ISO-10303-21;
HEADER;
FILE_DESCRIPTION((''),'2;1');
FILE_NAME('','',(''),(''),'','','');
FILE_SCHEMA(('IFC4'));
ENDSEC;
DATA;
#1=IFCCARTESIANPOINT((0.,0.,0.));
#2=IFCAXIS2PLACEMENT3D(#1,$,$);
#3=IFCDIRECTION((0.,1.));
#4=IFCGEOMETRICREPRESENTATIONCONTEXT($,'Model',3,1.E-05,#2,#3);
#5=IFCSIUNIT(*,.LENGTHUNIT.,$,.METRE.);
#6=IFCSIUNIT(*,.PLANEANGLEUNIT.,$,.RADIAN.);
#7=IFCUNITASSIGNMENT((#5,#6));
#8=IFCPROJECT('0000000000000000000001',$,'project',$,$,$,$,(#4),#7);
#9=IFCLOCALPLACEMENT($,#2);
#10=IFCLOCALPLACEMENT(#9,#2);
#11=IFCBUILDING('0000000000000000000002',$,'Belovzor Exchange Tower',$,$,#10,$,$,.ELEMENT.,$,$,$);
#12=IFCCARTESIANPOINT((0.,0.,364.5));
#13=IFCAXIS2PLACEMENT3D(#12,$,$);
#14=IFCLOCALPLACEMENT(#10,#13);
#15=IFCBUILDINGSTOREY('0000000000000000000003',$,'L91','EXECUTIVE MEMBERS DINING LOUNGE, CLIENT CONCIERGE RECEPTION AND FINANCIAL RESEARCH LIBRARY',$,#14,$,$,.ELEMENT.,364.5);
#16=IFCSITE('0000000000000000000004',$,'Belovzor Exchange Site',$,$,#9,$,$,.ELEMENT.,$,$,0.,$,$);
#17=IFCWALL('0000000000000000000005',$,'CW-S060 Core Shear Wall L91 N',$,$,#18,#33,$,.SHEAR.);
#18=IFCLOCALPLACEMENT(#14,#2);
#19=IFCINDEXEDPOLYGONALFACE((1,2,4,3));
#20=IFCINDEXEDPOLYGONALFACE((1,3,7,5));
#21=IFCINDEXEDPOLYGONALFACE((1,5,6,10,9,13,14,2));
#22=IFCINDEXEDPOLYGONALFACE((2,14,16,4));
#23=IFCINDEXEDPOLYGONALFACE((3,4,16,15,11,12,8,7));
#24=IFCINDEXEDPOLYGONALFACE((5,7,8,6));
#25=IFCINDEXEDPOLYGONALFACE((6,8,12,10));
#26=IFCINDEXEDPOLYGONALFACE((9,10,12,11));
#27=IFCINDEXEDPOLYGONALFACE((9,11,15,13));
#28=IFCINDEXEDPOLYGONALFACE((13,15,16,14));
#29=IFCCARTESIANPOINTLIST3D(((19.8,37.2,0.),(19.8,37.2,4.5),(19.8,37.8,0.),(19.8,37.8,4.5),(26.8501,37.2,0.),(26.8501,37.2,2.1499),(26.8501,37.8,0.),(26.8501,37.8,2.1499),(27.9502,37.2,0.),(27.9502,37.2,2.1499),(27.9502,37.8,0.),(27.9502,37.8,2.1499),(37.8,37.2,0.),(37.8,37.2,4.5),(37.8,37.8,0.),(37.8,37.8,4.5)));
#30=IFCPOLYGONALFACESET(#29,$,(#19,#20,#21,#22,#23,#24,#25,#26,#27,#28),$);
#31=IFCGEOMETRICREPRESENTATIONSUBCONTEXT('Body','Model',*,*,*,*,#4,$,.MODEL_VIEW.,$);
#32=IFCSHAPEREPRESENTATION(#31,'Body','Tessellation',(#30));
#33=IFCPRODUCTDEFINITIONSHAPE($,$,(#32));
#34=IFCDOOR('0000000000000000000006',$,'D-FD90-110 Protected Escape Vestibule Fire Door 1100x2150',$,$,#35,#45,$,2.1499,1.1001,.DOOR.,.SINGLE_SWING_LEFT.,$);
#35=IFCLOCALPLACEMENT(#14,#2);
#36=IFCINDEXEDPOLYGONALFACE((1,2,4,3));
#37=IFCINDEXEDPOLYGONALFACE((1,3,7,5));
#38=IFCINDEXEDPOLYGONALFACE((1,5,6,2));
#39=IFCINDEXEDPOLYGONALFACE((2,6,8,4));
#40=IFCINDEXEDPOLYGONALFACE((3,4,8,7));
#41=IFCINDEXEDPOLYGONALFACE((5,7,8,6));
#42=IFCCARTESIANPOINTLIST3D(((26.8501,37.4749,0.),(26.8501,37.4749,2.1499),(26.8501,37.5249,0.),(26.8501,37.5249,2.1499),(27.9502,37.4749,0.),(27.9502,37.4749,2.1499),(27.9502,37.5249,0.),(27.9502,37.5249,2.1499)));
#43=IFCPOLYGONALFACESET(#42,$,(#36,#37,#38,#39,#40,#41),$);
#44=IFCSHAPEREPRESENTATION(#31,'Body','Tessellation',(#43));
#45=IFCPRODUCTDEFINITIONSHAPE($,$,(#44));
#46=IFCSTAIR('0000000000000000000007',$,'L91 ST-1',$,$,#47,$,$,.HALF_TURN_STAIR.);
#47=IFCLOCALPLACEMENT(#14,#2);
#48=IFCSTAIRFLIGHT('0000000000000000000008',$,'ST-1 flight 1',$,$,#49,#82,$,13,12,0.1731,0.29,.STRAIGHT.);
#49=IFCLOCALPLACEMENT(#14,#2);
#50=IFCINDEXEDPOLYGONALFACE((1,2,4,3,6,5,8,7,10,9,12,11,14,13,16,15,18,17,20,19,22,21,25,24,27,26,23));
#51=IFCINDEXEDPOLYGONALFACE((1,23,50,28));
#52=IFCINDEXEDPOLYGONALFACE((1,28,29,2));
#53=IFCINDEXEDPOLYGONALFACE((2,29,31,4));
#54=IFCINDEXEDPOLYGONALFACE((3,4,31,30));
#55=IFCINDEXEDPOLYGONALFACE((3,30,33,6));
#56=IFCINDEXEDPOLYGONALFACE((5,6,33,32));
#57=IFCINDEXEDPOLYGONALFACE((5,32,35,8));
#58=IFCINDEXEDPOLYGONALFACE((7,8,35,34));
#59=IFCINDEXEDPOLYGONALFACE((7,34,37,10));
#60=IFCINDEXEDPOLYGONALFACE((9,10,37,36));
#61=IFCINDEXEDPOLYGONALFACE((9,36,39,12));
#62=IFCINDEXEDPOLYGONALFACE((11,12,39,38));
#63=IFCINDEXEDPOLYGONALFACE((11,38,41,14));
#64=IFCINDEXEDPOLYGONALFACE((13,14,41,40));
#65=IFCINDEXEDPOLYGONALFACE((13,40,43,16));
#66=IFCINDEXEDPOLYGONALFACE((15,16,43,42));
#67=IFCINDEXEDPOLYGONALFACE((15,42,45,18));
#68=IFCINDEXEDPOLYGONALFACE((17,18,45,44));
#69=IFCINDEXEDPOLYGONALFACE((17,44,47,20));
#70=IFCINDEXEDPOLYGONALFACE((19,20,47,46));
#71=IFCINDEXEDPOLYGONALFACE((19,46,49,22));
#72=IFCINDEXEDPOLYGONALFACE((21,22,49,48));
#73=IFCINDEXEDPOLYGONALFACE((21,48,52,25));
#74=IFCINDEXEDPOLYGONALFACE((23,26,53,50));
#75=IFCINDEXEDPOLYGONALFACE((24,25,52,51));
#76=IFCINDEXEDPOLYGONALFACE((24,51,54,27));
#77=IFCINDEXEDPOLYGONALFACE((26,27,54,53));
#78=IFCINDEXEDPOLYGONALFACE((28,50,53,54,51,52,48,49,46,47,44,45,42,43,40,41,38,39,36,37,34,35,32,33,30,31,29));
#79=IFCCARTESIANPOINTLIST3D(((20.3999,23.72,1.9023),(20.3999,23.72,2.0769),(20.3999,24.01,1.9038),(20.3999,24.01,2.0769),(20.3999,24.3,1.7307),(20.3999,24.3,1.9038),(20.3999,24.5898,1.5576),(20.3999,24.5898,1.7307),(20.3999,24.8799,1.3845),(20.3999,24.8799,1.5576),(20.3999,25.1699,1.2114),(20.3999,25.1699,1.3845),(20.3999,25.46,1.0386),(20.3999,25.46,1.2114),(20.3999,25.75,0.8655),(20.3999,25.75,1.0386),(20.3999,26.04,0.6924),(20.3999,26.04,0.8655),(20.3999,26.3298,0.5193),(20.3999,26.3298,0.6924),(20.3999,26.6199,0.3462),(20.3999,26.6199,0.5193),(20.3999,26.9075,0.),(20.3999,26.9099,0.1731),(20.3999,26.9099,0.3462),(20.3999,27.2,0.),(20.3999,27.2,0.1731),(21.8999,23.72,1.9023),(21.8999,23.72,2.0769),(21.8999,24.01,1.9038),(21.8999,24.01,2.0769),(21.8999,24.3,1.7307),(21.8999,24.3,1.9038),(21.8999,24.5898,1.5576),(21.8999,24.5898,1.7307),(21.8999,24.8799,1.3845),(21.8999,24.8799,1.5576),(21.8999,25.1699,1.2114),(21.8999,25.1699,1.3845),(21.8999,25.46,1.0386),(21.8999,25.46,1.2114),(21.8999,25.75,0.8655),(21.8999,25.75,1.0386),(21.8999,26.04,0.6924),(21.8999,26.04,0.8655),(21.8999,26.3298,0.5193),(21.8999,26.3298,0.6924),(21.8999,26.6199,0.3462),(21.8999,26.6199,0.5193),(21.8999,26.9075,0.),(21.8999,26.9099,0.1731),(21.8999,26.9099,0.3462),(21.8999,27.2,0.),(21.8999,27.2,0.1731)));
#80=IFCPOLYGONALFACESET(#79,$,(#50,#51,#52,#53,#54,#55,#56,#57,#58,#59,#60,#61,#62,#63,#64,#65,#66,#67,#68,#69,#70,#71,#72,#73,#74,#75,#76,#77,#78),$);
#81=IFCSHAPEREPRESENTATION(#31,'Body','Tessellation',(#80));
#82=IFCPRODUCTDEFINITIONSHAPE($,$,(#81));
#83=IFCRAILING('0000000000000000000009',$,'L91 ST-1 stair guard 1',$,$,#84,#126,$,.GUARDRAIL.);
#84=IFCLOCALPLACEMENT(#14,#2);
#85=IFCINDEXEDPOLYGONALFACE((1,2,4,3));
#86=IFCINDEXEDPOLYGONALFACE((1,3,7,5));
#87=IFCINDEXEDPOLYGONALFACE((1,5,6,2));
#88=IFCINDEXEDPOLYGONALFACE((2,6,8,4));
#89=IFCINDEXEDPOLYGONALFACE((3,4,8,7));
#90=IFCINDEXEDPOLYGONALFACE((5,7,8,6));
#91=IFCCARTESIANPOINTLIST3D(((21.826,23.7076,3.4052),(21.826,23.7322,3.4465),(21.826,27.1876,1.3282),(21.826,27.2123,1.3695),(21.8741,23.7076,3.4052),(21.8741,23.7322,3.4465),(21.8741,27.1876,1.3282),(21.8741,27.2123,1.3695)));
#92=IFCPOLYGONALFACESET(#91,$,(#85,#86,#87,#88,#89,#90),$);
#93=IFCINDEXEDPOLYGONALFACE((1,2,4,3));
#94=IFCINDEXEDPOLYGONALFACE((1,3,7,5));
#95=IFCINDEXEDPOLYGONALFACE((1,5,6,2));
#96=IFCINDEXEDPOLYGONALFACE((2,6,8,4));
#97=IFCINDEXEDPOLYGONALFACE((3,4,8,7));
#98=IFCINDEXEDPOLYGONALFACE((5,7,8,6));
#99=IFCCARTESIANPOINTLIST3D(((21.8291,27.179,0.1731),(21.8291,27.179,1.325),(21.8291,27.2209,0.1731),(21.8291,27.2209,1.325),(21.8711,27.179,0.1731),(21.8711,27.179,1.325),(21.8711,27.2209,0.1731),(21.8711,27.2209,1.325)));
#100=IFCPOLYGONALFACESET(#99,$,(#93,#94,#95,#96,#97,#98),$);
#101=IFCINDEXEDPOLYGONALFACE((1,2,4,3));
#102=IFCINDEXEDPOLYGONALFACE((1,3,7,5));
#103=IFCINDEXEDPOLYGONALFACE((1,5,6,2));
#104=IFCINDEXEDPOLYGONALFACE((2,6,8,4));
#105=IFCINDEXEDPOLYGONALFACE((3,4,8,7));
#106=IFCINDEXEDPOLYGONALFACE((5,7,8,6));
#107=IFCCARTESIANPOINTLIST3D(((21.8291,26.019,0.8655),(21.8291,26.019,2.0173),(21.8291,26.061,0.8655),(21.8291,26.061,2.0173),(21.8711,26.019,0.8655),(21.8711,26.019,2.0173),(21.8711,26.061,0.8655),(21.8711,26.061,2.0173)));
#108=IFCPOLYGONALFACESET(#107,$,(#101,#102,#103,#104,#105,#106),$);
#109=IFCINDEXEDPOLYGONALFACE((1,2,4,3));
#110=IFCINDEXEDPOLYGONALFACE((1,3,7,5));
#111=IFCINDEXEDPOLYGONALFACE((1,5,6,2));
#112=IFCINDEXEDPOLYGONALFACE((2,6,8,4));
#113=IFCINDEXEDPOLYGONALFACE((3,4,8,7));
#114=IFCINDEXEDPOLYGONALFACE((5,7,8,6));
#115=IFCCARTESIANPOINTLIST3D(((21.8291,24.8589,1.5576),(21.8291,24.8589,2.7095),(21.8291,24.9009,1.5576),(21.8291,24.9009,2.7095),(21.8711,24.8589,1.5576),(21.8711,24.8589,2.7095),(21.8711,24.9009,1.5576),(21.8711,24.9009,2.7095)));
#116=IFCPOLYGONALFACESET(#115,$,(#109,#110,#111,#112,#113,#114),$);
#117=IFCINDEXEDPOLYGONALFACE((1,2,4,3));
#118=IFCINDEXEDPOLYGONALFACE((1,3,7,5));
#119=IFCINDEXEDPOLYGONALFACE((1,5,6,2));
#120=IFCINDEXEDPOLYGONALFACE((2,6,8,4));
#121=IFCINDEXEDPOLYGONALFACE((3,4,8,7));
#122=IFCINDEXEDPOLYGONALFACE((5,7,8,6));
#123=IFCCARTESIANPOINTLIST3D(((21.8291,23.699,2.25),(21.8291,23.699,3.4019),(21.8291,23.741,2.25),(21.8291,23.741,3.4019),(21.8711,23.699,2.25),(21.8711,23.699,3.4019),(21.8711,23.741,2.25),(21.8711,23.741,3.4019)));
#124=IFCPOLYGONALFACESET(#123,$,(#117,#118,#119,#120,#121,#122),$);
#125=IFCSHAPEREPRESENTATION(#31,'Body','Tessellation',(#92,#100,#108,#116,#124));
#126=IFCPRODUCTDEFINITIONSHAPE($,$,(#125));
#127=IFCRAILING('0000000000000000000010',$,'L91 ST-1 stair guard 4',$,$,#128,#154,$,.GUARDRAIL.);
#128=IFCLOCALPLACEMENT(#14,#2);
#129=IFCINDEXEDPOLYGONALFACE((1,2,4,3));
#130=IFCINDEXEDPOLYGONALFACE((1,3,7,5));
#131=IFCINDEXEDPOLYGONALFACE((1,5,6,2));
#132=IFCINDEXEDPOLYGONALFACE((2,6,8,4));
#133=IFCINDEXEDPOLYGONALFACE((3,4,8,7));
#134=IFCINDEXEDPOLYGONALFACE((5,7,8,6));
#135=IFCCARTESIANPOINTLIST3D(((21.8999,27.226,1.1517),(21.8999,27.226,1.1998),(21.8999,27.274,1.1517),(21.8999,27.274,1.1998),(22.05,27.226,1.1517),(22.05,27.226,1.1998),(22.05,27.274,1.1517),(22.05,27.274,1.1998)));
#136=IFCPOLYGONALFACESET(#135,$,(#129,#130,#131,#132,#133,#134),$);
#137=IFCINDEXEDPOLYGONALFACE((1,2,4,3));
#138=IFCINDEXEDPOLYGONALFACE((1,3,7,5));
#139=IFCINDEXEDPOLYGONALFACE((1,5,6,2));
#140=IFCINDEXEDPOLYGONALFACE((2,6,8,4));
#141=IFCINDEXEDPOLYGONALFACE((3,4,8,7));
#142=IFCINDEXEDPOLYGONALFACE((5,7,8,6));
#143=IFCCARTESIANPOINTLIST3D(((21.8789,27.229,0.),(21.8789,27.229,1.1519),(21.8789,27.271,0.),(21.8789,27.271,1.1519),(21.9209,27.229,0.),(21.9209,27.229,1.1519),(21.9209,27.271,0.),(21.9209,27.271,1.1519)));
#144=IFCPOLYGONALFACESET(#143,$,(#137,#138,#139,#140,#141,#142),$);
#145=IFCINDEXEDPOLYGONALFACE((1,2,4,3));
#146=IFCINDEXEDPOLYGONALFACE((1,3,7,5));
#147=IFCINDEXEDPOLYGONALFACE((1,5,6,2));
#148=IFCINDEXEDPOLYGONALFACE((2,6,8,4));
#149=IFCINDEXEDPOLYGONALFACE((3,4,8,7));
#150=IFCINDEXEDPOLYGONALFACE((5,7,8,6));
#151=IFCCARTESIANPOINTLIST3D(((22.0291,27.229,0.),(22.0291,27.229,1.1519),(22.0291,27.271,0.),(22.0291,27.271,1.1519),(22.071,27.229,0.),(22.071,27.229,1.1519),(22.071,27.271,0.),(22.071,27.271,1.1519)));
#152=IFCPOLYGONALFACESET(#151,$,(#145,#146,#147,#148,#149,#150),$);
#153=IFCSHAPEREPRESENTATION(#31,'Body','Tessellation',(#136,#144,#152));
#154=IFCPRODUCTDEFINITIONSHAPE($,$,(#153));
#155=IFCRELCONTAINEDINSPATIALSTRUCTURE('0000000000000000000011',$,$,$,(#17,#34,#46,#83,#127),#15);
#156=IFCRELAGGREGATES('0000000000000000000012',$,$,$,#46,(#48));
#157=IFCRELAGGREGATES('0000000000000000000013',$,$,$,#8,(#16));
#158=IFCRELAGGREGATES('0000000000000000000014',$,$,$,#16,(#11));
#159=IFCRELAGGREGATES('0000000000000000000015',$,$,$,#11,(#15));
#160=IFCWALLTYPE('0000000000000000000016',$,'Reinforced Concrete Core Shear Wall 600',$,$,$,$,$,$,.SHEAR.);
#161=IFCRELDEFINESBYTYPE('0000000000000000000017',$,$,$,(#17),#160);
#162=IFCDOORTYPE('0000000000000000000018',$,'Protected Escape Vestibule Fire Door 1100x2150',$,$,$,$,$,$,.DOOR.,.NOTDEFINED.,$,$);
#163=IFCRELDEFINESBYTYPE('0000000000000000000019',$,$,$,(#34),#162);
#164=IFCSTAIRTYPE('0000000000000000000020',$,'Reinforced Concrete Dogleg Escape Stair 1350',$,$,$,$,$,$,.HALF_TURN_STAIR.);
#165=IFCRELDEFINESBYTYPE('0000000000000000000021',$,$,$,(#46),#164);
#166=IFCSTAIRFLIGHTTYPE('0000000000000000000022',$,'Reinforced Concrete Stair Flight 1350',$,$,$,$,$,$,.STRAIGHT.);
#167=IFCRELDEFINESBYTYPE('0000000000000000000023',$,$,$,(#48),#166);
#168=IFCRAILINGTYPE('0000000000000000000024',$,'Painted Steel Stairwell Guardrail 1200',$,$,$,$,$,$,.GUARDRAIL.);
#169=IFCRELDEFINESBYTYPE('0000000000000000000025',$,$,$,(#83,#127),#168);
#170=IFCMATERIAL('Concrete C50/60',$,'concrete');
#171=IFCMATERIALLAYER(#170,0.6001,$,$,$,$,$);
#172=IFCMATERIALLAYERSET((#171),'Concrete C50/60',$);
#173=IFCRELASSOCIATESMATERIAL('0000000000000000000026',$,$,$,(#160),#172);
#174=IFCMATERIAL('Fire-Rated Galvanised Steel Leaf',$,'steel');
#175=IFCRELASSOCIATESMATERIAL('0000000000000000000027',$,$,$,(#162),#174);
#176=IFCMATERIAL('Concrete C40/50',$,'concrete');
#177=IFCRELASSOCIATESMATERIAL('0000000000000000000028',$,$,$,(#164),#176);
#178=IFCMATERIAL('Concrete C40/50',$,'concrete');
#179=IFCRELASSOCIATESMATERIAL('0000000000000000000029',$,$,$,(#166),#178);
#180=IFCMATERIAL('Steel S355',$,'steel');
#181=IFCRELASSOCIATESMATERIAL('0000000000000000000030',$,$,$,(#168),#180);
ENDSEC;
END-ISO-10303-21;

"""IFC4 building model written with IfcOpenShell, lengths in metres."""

from ifc_helpers import new_model, si_unit, direction, frame, frame_2d, origin, origin_2d, place, context, subcontext, project, spatial, polyline, rectangle, outline, extrude, material, layer, layer_set, type_object, element, fill, aggregate, save


model = new_model("IFC4")

# Units and contexts
model_context = context("Model", 3, precision=1e-05, world=origin(), true_north=direction((0.0, 1.0)))
body_context = subcontext(model_context, "Body", "Model", "MODEL_VIEW")
ifc_project = project(units=[si_unit("LENGTHUNIT", "METRE"), si_unit("PLANEANGLEUNIT", "RADIAN")], contexts=[model_context])

# Site, building, storey
site_placement = place(None, origin())
site = spatial("IfcSite", under=ifc_project, at=site_placement, Name="Belovzor Exchange Site", CompositionType="ELEMENT", RefElevation=0.0)
building_placement = place(site_placement, origin())
building = spatial("IfcBuilding", under=site, at=building_placement, Name="Belovzor Exchange Tower", CompositionType="ELEMENT")
storey_placement = place(building_placement, frame((0.0, 0.0, 364.5)))
storey = spatial("IfcBuildingStorey", under=building, at=storey_placement, Name="L91", Description="EXECUTIVE MEMBERS DINING LOUNGE, CLIENT CONCIERGE RECEPTION AND FINANCIAL RESEARCH LIBRARY", CompositionType="ELEMENT", Elevation=364.5)

# Wall, opening, door
ifc_material_1 = material(Name="Concrete C50/60", Category="concrete")
ifc_layer_1 = layer(ifc_material_1, 0.6001)
ifc_layer_set_1 = layer_set([ifc_layer_1], Name="Concrete C50/60")
wall_type_1 = type_object("IfcWallType", Name="Reinforced Concrete Core Shear Wall 600", PredefinedType="SHEAR", material=ifc_layer_set_1)
wall_1_placement = place(storey_placement, frame((19.8, 37.5, 0.0), z_axis=(0.0, 0.0, 1.0), x_axis=(1.0, 0.0, 0.0)))
wall_1 = element("IfcWall", 1, at=wall_1_placement, inside=storey, type_object=wall_type_1, Name="CW-S060 Core Shear Wall L91 N", PredefinedType="SHEAR", context=body_context, shape_type="SweptSolid", body=[
    extrude(rectangle(XDim=18.0, YDim=0.6001, at=frame_2d((9.0, 0.0))), origin(), (0.0, 0.0, 1.0), 4.5),
])
opening_1_placement = place(wall_1_placement, frame((7.05, 0.0, 0.0)))
opening_1 = element("IfcOpeningElement", 2, at=opening_1_placement, cuts=wall_1, PredefinedType="OPENING", context=body_context, shape_type="SweptSolid", body=[
    extrude(rectangle(XDim=1.1001, YDim=2.1499, at=frame_2d((0.55, 1.075))), frame((0.0, 0.3101, 0.0), z_axis=(0.0, -1.0, 0.0), x_axis=(1.0, 0.0, 0.0)), (0.0, 0.0, 1.0), 0.6201),
])
ifc_material_2 = material(Name="Fire-Rated Galvanised Steel Leaf", Category="steel")
door_type_1 = type_object("IfcDoorType", Name="Protected Escape Vestibule Fire Door 1100x2150", OperationType="NOTDEFINED", PredefinedType="DOOR", material=ifc_material_2)
door_1_placement = place(opening_1_placement, origin())
door_1 = element("IfcDoor", 3, at=door_1_placement, inside=storey, type_object=door_type_1, Name="D-FD90-110 Protected Escape Vestibule Fire Door 1100x2150", OperationType="SINGLE_SWING_LEFT", OverallHeight=2.1499, OverallWidth=1.1001, PredefinedType="DOOR", context=body_context, shape_type="SweptSolid", body=[
    extrude(rectangle(XDim=1.1001, YDim=2.1499, at=frame_2d((0.55, 1.075))), frame((0.0, 0.0249, 0.0), z_axis=(0.0, -1.0, 0.0), x_axis=(1.0, 0.0, 0.0)), (0.0, 0.0, 1.0), 0.05),
])
fill(opening_1, door_1)

# Stair, stair flight
ifc_material_3 = material(Name="Concrete C40/50", Category="concrete")
stair_type = type_object("IfcStairType", Name="Reinforced Concrete Dogleg Escape Stair 1350", PredefinedType="HALF_TURN_STAIR", material=ifc_material_3)
stair_placement = place(storey_placement, origin())
stair = element("IfcStair", 4, at=stair_placement, inside=storey, type_object=stair_type, Name="L91 ST-1", PredefinedType="HALF_TURN_STAIR")
ifc_material_4 = material(Name="Concrete C40/50", Category="concrete")
stair_flight_type = type_object("IfcStairFlightType", Name="Reinforced Concrete Stair Flight 1350", PredefinedType="STRAIGHT", material=ifc_material_4)
stair_flight_placement = place(storey_placement, frame((21.1499, 27.2, 0.0), z_axis=(0.0, 0.0, 1.0), x_axis=(0.0, -1.0, 0.0)))
stair_flight = element("IfcStairFlight", 5, at=stair_flight_placement, type_object=stair_flight_type, Name="ST-1 flight 1", NumberOfRisers=13, NumberOfTreads=12, PredefinedType="STRAIGHT", RiserHeight=0.1731, TreadLength=0.29, context=body_context, shape_type="SweptSolid", body=[
    extrude(outline(polyline([(0.0, 0.0), (0.0, 0.1731), (0.29, 0.1731), (0.29, 0.3462), (0.5801, 0.3462), (0.5801, 0.5193), (0.8701, 0.5193), (0.8701, 0.6924), (1.1599, 0.6924), (1.1599, 0.8655), (1.45, 0.8655), (1.45, 1.0386), (1.74, 1.0386), (1.74, 1.2114), (2.03, 1.2114), (2.03, 1.3845), (2.3201, 1.3845), (2.3201, 1.5576), (2.6101, 1.5576), (2.6101, 1.7307), (2.8999, 1.7307), (2.8999, 1.9038), (3.1899, 1.9038), (3.1899, 2.0769), (3.48, 2.0769), (3.48, 2.25), (3.48, 1.9023), (0.2925, 0.0), (0.0, 0.0)])), frame((0.0, 0.75, 0.0), z_axis=(0.0, -1.0, 0.0), x_axis=(1.0, 0.0, 0.0)), (0.0, 0.0, 1.0), 1.5),
])
aggregate(stair, [stair_flight])

# Railings
ifc_material_5 = material(Name="Steel S355", Category="steel")
railing_type = type_object("IfcRailingType", Name="Painted Steel Stairwell Guardrail 1200", PredefinedType="GUARDRAIL", material=ifc_material_5)
railing_1_placement = place(storey_placement, frame((21.8501, 27.2, 0.1731)))
element("IfcRailing", 6, at=railing_1_placement, inside=storey, type_object=railing_type, Name="L91 ST-1 stair guard 1", PredefinedType="GUARDRAIL", context=body_context, shape_type="SweptSolid", body=[
    extrude(rectangle(XDim=0.0481, YDim=0.0481, at=origin_2d()), frame((0.0, 0.0, 1.1758), z_axis=(0.0, -0.858697, 0.512483), x_axis=(1.0, 0.0, 0.0)), (0.0, 0.0, 1.0), 4.0527),
    extrude(rectangle(XDim=0.042, YDim=0.042, at=origin_2d()), origin(), (0.0, 0.0, 1.0), 1.1519),
    extrude(rectangle(XDim=0.042, YDim=0.042, at=origin_2d()), frame((0.0, -1.1599, 0.6924)), (0.0, 0.0, 1.0), 1.1519),
    extrude(rectangle(XDim=0.042, YDim=0.042, at=origin_2d()), frame((0.0, -2.3201, 1.3845)), (0.0, 0.0, 1.0), 1.1519),
    extrude(rectangle(XDim=0.042, YDim=0.042, at=origin_2d()), frame((0.0, -3.48, 2.0769)), (0.0, 0.0, 1.0), 1.1519),
])
railing_2_placement = place(storey_placement, frame((21.8999, 27.25, 0.0)))
element("IfcRailing", 7, at=railing_2_placement, inside=storey, type_object=railing_type, Name="L91 ST-1 stair guard 4", PredefinedType="GUARDRAIL", context=body_context, shape_type="SweptSolid", body=[
    extrude(rectangle(XDim=0.0481, YDim=0.0481, at=origin_2d()), frame((0.0, 0.0, 1.1758), z_axis=(1.0, 0.0, 0.0), x_axis=(0.0, 1.0, 0.0)), (0.0, 0.0, 1.0), 0.1501),
    extrude(rectangle(XDim=0.042, YDim=0.042, at=origin_2d()), origin(), (0.0, 0.0, 1.0), 1.1519),
    extrude(rectangle(XDim=0.042, YDim=0.042, at=origin_2d()), frame((0.1501, 0.0, 0.0)), (0.0, 0.0, 1.0), 1.1519),
])

save(model, "model.ifc")
